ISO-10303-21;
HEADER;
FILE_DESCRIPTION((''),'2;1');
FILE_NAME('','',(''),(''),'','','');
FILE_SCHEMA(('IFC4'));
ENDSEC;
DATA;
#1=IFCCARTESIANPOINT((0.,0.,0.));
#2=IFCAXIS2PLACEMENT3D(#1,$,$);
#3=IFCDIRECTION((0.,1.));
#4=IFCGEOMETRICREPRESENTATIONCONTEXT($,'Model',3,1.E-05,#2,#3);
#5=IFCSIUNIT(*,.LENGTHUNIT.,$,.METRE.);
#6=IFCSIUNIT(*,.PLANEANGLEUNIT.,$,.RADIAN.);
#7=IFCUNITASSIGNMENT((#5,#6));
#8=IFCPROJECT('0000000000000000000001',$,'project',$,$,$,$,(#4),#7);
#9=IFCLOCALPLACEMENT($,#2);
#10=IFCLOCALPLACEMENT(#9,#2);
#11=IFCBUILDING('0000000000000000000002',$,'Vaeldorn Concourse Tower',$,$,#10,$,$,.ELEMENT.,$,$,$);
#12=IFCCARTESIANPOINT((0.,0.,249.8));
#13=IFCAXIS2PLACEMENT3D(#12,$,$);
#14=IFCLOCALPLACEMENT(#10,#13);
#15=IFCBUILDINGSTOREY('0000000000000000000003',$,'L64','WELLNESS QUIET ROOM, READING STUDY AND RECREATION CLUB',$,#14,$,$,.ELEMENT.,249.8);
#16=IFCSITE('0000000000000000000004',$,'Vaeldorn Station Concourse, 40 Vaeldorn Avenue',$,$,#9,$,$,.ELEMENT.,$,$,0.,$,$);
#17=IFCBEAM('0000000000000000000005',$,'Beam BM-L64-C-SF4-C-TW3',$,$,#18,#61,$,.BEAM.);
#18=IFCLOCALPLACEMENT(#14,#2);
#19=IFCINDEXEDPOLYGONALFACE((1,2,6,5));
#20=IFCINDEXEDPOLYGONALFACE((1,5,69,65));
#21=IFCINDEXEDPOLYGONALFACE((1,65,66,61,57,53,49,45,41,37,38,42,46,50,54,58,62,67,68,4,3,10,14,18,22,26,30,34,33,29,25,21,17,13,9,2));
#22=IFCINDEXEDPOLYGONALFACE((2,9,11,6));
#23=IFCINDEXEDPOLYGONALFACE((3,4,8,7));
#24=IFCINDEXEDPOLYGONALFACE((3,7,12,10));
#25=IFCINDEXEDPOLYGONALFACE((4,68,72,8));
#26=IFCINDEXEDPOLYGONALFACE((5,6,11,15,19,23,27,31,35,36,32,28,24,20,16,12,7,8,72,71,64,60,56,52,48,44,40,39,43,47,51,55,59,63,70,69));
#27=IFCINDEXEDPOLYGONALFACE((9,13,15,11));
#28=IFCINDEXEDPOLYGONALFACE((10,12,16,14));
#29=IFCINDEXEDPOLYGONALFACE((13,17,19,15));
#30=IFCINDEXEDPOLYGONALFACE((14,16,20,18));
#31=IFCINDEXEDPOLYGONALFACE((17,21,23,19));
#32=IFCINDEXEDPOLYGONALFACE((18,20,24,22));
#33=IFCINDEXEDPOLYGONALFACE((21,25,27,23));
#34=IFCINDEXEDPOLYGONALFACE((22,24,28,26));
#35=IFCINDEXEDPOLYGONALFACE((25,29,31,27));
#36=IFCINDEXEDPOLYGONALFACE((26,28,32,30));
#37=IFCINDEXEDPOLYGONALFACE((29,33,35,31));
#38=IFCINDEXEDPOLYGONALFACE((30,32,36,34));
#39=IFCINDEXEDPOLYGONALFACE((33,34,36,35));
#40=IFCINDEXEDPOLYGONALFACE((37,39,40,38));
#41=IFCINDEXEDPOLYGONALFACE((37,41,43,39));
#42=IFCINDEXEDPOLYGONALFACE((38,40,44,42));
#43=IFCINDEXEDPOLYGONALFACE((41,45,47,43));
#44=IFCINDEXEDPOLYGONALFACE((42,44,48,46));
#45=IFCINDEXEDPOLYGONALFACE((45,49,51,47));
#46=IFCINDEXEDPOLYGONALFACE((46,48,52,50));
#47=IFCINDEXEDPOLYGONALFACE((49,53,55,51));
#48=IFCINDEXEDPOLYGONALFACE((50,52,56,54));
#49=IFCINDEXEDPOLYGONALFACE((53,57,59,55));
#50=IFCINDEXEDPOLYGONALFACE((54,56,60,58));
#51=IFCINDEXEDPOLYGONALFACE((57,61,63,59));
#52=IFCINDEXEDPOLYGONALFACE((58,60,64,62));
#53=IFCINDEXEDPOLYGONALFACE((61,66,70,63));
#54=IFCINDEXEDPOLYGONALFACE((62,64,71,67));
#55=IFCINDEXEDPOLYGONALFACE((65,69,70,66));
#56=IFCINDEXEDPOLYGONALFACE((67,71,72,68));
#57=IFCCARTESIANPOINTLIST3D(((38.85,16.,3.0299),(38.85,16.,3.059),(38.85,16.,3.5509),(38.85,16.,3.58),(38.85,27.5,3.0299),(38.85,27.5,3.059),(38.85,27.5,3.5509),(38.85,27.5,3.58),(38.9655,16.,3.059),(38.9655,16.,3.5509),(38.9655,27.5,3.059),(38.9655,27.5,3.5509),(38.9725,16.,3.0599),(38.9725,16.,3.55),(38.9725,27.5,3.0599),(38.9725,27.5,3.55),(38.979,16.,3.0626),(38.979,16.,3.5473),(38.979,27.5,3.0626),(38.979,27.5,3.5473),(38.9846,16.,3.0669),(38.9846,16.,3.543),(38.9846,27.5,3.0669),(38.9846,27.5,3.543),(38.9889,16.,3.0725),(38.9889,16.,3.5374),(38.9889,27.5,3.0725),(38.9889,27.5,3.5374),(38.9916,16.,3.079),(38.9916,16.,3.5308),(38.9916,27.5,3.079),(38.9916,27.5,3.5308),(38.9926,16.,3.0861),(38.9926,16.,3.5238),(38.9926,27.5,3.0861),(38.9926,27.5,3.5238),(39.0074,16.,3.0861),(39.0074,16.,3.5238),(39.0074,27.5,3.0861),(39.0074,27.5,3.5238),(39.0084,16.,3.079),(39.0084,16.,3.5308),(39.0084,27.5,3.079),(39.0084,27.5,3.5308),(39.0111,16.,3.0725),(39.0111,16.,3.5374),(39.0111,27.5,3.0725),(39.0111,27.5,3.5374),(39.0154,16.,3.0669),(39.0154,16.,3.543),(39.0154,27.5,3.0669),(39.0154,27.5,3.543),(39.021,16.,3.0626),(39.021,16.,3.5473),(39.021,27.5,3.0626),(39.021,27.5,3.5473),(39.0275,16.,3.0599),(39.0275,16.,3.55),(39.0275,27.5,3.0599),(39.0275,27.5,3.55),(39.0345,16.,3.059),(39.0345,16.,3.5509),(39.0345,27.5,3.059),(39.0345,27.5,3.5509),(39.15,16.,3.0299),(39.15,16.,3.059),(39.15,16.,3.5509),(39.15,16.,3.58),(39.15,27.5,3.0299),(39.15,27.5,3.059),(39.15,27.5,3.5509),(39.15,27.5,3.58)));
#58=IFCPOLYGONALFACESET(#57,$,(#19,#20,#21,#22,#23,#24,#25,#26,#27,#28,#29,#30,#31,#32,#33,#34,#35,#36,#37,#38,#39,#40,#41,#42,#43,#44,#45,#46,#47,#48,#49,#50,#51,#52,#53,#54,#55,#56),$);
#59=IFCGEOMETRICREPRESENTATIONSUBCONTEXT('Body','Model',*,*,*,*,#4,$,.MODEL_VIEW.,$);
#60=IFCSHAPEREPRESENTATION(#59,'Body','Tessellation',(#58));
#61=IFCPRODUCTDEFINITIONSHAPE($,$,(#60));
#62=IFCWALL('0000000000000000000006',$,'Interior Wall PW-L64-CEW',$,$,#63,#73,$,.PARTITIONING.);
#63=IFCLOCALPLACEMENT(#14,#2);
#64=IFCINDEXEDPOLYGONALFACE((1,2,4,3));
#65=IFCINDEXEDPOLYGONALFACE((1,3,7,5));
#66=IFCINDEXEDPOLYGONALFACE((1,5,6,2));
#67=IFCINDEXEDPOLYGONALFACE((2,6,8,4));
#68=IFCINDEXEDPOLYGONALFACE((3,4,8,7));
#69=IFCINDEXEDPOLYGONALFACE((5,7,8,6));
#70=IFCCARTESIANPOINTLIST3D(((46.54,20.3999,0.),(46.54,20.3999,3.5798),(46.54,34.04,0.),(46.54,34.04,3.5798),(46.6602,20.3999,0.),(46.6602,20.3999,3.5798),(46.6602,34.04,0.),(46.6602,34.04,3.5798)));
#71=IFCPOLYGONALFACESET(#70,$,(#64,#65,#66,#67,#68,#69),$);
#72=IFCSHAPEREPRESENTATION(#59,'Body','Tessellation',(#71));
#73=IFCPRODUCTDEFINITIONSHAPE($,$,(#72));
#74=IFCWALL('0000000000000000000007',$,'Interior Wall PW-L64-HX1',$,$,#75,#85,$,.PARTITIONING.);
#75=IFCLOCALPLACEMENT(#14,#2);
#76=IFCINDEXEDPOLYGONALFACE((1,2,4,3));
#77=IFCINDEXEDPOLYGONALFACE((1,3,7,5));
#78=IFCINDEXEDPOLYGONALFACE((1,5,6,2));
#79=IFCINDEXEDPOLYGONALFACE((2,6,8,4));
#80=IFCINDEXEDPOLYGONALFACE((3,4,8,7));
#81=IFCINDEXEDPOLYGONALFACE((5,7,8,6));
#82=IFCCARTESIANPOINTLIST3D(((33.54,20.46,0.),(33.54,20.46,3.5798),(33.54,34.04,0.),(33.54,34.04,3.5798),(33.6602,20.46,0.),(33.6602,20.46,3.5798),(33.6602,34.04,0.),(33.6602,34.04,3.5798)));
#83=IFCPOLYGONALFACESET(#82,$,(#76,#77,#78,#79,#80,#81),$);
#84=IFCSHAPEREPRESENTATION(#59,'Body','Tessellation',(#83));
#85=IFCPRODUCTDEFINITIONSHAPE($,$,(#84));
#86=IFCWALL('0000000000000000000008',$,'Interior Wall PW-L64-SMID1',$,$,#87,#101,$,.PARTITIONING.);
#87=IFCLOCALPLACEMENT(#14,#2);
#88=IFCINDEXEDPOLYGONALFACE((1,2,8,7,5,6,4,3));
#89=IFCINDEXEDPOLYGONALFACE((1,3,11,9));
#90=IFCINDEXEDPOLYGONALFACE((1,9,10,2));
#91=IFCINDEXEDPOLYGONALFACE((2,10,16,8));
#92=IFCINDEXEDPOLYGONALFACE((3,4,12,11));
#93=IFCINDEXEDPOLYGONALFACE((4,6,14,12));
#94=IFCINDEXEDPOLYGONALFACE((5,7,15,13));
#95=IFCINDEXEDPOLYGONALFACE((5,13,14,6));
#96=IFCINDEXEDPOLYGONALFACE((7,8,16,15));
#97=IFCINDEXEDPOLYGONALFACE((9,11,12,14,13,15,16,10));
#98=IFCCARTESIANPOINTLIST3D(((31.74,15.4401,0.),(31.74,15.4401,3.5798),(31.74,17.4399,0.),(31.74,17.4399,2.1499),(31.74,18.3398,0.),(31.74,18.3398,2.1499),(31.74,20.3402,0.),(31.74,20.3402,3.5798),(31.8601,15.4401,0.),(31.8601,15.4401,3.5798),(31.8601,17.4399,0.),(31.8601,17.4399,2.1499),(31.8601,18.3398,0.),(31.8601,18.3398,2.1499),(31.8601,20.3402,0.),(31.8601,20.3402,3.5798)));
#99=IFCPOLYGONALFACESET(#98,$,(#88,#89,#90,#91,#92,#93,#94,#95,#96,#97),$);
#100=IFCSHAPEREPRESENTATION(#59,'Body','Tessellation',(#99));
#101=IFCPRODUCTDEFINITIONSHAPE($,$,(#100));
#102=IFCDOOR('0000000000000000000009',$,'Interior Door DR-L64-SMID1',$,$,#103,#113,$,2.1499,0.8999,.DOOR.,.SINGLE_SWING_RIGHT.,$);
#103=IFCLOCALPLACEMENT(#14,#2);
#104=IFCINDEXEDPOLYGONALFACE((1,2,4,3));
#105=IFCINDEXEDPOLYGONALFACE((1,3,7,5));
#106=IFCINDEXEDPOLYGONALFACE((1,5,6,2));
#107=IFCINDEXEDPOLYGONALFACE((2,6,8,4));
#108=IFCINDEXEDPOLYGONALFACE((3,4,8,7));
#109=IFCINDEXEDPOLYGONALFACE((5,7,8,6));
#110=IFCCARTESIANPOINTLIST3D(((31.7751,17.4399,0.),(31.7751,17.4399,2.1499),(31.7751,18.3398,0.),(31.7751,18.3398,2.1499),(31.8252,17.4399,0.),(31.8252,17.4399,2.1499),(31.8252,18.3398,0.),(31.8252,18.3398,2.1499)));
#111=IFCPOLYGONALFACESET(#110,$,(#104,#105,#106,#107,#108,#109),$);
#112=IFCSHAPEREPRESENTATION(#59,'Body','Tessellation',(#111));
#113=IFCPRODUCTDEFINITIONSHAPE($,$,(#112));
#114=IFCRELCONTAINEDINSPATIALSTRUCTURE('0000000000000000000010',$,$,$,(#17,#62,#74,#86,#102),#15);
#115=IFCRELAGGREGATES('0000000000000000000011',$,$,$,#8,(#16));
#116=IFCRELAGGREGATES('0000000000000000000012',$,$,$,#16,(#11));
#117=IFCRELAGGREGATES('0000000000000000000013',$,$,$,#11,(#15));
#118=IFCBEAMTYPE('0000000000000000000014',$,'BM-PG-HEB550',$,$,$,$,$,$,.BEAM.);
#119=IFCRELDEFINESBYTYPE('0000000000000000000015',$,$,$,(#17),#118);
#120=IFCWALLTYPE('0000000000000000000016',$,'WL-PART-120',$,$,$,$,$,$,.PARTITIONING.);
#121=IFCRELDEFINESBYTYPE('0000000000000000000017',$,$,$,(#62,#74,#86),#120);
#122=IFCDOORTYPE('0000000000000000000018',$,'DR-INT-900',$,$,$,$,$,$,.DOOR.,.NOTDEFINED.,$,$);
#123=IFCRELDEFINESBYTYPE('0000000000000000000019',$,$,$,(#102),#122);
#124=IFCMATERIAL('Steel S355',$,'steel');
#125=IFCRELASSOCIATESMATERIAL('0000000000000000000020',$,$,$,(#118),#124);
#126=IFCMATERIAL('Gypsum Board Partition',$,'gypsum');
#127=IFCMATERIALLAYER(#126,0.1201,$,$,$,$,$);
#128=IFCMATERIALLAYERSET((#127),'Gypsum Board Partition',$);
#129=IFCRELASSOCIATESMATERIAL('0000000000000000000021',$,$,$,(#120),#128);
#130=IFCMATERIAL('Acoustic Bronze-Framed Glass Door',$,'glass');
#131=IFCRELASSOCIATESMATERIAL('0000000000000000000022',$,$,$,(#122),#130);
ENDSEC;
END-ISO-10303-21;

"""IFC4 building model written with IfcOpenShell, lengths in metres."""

from ifc_helpers import new_model, si_unit, direction, frame, frame_2d, origin, origin_2d, place, context, subcontext, project, spatial, rectangle, i_section, extrude, source, transform, mapped, material, layer, layer_set, material_profile, profile_set, type_object, element, fill, save


model = new_model("IFC4")

# Units and contexts
model_context = context("Model", 3, precision=1e-05, world=origin(), true_north=direction((0.0, 1.0)))
body_context = subcontext(model_context, "Body", "Model", "MODEL_VIEW")
ifc_project = project(units=[si_unit("LENGTHUNIT", "METRE"), si_unit("PLANEANGLEUNIT", "RADIAN")], contexts=[model_context])

# Site, building, storey
site_placement = place(None, origin())
site = spatial("IfcSite", under=ifc_project, at=site_placement, Name="Vaeldorn Station Concourse, 40 Vaeldorn Avenue", CompositionType="ELEMENT", RefElevation=0.0)
building_placement = place(site_placement, origin())
building = spatial("IfcBuilding", under=site, at=building_placement, Name="Vaeldorn Concourse Tower", CompositionType="ELEMENT")
storey_placement = place(building_placement, frame((0.0, 0.0, 249.8)))
storey = spatial("IfcBuildingStorey", under=building, at=storey_placement, Name="L64", Description="WELLNESS QUIET ROOM, READING STUDY AND RECREATION CLUB", CompositionType="ELEMENT", Elevation=249.8)

# Shared definitions
ifc_material_1 = material(Name="Steel S355", Category="steel")

# Beam
ifc_material_profile_1 = material_profile(ifc_material_1, i_section(OverallWidth=0.3, OverallDepth=0.55, WebThickness=0.0149, FlangeThickness=0.0291, FilletRadius=0.0271, at=origin_2d()), Name="HEB 550")
ifc_profile_set_1 = profile_set([ifc_material_profile_1], Name="Steel S355")
beam_type_1 = type_object("IfcBeamType", Name="BM-PG-HEB550", PredefinedType="BEAM", material=ifc_profile_set_1)
shared_shape_1 = source(origin(), body_context, "Body", "SweptSolid", [
    extrude(i_section(OverallWidth=0.3, OverallDepth=0.55, WebThickness=0.0149, FlangeThickness=0.0291, FilletRadius=0.0271, at=origin_2d()), origin(), (0.0, 0.0, 1.0), 11.5),
])
beam_1_placement = place(storey_placement, frame((39.0, 16.0, 3.3049), z_axis=(0.0, 1.0, 0.0), x_axis=(-1.0, 0.0, 0.0)))
element("IfcBeam", 1, at=beam_1_placement, inside=storey, type_object=beam_type_1, Name="Beam BM-L64-C-SF4-C-TW3", PredefinedType="BEAM", context=body_context, shape_type="MappedRepresentation", body=[
    mapped(shared_shape_1, transform((0.0, 0.0, 0.0), scale=1.0)),
])

# Walls
ifc_material_2 = material(Name="Gypsum Board Partition", Category="gypsum")
ifc_layer = layer(ifc_material_2, 0.1201)
ifc_layer_set = layer_set([ifc_layer], Name="Gypsum Board Partition")
wall_type = type_object("IfcWallType", Name="WL-PART-120", PredefinedType="PARTITIONING", material=ifc_layer_set)
wall_1_placement = place(storey_placement, frame((46.6001, 20.3999, 0.0), z_axis=(0.0, 0.0, 1.0), x_axis=(0.0, 1.0, 0.0)))
element("IfcWall", 2, at=wall_1_placement, inside=storey, type_object=wall_type, Name="Interior Wall PW-L64-CEW", PredefinedType="PARTITIONING", context=body_context, shape_type="SweptSolid", body=[
    extrude(rectangle(XDim=13.6401, YDim=0.1201, at=frame_2d((6.8201, 0.0))), origin(), (0.0, 0.0, 1.0), 3.5798),
])
wall_2_placement = place(storey_placement, frame((33.6001, 20.46, 0.0), z_axis=(0.0, 0.0, 1.0), x_axis=(0.0, 1.0, 0.0)))
element("IfcWall", 3, at=wall_2_placement, inside=storey, type_object=wall_type, Name="Interior Wall PW-L64-HX1", PredefinedType="PARTITIONING", context=body_context, shape_type="SweptSolid", body=[
    extrude(rectangle(XDim=13.5801, YDim=0.1201, at=frame_2d((6.79, 0.0))), origin(), (0.0, 0.0, 1.0), 3.5798),
])

# Wall, opening, door
wall_3_placement = place(storey_placement, frame((31.8, 15.4399, 0.0), z_axis=(0.0, 0.0, 1.0), x_axis=(0.0, 1.0, 0.0)))
wall_3 = element("IfcWall", 4, at=wall_3_placement, inside=storey, type_object=wall_type, Name="Interior Wall PW-L64-SMID1", PredefinedType="PARTITIONING", context=body_context, shape_type="SweptSolid", body=[
    extrude(rectangle(XDim=4.9001, YDim=0.1201, at=frame_2d((2.4502, 0.0))), origin(), (0.0, 0.0, 1.0), 3.5798),
])
opening_placement = place(wall_3_placement, frame((2.0, 0.0, 0.0)))
opening = element("IfcOpeningElement", 5, at=opening_placement, cuts=wall_3, PredefinedType="OPENING", context=body_context, shape_type="SweptSolid", body=[
    extrude(rectangle(XDim=0.8999, YDim=2.1499, at=frame_2d((0.45, 1.075))), frame((0.0, 0.0701, 0.0), z_axis=(0.0, -1.0, 0.0), x_axis=(1.0, 0.0, 0.0)), (0.0, 0.0, 1.0), 0.1401),
])
ifc_material_3 = material(Name="Acoustic Bronze-Framed Glass Door", Category="glass")
door_type = type_object("IfcDoorType", Name="DR-INT-900", OperationType="NOTDEFINED", PredefinedType="DOOR", material=ifc_material_3)
shared_shape_2 = source(origin(), body_context, "Body", "SweptSolid", [
    extrude(rectangle(XDim=0.8999, YDim=2.1499, at=frame_2d((0.45, 1.075))), frame((0.0, 0.0249, 0.0), z_axis=(0.0, -1.0, 0.0), x_axis=(1.0, 0.0, 0.0)), (0.0, 0.0, 1.0), 0.05),
])
door_placement = place(opening_placement, origin())
door = element("IfcDoor", 6, at=door_placement, inside=storey, type_object=door_type, Name="Interior Door DR-L64-SMID1", OperationType="SINGLE_SWING_RIGHT", OverallHeight=2.1499, OverallWidth=0.8999, PredefinedType="DOOR", context=body_context, shape_type="MappedRepresentation", body=[
    mapped(shared_shape_2, transform((0.0, 0.0, 0.0), scale=1.0)),
])
fill(opening, door)

save(model, "model.ifc")
